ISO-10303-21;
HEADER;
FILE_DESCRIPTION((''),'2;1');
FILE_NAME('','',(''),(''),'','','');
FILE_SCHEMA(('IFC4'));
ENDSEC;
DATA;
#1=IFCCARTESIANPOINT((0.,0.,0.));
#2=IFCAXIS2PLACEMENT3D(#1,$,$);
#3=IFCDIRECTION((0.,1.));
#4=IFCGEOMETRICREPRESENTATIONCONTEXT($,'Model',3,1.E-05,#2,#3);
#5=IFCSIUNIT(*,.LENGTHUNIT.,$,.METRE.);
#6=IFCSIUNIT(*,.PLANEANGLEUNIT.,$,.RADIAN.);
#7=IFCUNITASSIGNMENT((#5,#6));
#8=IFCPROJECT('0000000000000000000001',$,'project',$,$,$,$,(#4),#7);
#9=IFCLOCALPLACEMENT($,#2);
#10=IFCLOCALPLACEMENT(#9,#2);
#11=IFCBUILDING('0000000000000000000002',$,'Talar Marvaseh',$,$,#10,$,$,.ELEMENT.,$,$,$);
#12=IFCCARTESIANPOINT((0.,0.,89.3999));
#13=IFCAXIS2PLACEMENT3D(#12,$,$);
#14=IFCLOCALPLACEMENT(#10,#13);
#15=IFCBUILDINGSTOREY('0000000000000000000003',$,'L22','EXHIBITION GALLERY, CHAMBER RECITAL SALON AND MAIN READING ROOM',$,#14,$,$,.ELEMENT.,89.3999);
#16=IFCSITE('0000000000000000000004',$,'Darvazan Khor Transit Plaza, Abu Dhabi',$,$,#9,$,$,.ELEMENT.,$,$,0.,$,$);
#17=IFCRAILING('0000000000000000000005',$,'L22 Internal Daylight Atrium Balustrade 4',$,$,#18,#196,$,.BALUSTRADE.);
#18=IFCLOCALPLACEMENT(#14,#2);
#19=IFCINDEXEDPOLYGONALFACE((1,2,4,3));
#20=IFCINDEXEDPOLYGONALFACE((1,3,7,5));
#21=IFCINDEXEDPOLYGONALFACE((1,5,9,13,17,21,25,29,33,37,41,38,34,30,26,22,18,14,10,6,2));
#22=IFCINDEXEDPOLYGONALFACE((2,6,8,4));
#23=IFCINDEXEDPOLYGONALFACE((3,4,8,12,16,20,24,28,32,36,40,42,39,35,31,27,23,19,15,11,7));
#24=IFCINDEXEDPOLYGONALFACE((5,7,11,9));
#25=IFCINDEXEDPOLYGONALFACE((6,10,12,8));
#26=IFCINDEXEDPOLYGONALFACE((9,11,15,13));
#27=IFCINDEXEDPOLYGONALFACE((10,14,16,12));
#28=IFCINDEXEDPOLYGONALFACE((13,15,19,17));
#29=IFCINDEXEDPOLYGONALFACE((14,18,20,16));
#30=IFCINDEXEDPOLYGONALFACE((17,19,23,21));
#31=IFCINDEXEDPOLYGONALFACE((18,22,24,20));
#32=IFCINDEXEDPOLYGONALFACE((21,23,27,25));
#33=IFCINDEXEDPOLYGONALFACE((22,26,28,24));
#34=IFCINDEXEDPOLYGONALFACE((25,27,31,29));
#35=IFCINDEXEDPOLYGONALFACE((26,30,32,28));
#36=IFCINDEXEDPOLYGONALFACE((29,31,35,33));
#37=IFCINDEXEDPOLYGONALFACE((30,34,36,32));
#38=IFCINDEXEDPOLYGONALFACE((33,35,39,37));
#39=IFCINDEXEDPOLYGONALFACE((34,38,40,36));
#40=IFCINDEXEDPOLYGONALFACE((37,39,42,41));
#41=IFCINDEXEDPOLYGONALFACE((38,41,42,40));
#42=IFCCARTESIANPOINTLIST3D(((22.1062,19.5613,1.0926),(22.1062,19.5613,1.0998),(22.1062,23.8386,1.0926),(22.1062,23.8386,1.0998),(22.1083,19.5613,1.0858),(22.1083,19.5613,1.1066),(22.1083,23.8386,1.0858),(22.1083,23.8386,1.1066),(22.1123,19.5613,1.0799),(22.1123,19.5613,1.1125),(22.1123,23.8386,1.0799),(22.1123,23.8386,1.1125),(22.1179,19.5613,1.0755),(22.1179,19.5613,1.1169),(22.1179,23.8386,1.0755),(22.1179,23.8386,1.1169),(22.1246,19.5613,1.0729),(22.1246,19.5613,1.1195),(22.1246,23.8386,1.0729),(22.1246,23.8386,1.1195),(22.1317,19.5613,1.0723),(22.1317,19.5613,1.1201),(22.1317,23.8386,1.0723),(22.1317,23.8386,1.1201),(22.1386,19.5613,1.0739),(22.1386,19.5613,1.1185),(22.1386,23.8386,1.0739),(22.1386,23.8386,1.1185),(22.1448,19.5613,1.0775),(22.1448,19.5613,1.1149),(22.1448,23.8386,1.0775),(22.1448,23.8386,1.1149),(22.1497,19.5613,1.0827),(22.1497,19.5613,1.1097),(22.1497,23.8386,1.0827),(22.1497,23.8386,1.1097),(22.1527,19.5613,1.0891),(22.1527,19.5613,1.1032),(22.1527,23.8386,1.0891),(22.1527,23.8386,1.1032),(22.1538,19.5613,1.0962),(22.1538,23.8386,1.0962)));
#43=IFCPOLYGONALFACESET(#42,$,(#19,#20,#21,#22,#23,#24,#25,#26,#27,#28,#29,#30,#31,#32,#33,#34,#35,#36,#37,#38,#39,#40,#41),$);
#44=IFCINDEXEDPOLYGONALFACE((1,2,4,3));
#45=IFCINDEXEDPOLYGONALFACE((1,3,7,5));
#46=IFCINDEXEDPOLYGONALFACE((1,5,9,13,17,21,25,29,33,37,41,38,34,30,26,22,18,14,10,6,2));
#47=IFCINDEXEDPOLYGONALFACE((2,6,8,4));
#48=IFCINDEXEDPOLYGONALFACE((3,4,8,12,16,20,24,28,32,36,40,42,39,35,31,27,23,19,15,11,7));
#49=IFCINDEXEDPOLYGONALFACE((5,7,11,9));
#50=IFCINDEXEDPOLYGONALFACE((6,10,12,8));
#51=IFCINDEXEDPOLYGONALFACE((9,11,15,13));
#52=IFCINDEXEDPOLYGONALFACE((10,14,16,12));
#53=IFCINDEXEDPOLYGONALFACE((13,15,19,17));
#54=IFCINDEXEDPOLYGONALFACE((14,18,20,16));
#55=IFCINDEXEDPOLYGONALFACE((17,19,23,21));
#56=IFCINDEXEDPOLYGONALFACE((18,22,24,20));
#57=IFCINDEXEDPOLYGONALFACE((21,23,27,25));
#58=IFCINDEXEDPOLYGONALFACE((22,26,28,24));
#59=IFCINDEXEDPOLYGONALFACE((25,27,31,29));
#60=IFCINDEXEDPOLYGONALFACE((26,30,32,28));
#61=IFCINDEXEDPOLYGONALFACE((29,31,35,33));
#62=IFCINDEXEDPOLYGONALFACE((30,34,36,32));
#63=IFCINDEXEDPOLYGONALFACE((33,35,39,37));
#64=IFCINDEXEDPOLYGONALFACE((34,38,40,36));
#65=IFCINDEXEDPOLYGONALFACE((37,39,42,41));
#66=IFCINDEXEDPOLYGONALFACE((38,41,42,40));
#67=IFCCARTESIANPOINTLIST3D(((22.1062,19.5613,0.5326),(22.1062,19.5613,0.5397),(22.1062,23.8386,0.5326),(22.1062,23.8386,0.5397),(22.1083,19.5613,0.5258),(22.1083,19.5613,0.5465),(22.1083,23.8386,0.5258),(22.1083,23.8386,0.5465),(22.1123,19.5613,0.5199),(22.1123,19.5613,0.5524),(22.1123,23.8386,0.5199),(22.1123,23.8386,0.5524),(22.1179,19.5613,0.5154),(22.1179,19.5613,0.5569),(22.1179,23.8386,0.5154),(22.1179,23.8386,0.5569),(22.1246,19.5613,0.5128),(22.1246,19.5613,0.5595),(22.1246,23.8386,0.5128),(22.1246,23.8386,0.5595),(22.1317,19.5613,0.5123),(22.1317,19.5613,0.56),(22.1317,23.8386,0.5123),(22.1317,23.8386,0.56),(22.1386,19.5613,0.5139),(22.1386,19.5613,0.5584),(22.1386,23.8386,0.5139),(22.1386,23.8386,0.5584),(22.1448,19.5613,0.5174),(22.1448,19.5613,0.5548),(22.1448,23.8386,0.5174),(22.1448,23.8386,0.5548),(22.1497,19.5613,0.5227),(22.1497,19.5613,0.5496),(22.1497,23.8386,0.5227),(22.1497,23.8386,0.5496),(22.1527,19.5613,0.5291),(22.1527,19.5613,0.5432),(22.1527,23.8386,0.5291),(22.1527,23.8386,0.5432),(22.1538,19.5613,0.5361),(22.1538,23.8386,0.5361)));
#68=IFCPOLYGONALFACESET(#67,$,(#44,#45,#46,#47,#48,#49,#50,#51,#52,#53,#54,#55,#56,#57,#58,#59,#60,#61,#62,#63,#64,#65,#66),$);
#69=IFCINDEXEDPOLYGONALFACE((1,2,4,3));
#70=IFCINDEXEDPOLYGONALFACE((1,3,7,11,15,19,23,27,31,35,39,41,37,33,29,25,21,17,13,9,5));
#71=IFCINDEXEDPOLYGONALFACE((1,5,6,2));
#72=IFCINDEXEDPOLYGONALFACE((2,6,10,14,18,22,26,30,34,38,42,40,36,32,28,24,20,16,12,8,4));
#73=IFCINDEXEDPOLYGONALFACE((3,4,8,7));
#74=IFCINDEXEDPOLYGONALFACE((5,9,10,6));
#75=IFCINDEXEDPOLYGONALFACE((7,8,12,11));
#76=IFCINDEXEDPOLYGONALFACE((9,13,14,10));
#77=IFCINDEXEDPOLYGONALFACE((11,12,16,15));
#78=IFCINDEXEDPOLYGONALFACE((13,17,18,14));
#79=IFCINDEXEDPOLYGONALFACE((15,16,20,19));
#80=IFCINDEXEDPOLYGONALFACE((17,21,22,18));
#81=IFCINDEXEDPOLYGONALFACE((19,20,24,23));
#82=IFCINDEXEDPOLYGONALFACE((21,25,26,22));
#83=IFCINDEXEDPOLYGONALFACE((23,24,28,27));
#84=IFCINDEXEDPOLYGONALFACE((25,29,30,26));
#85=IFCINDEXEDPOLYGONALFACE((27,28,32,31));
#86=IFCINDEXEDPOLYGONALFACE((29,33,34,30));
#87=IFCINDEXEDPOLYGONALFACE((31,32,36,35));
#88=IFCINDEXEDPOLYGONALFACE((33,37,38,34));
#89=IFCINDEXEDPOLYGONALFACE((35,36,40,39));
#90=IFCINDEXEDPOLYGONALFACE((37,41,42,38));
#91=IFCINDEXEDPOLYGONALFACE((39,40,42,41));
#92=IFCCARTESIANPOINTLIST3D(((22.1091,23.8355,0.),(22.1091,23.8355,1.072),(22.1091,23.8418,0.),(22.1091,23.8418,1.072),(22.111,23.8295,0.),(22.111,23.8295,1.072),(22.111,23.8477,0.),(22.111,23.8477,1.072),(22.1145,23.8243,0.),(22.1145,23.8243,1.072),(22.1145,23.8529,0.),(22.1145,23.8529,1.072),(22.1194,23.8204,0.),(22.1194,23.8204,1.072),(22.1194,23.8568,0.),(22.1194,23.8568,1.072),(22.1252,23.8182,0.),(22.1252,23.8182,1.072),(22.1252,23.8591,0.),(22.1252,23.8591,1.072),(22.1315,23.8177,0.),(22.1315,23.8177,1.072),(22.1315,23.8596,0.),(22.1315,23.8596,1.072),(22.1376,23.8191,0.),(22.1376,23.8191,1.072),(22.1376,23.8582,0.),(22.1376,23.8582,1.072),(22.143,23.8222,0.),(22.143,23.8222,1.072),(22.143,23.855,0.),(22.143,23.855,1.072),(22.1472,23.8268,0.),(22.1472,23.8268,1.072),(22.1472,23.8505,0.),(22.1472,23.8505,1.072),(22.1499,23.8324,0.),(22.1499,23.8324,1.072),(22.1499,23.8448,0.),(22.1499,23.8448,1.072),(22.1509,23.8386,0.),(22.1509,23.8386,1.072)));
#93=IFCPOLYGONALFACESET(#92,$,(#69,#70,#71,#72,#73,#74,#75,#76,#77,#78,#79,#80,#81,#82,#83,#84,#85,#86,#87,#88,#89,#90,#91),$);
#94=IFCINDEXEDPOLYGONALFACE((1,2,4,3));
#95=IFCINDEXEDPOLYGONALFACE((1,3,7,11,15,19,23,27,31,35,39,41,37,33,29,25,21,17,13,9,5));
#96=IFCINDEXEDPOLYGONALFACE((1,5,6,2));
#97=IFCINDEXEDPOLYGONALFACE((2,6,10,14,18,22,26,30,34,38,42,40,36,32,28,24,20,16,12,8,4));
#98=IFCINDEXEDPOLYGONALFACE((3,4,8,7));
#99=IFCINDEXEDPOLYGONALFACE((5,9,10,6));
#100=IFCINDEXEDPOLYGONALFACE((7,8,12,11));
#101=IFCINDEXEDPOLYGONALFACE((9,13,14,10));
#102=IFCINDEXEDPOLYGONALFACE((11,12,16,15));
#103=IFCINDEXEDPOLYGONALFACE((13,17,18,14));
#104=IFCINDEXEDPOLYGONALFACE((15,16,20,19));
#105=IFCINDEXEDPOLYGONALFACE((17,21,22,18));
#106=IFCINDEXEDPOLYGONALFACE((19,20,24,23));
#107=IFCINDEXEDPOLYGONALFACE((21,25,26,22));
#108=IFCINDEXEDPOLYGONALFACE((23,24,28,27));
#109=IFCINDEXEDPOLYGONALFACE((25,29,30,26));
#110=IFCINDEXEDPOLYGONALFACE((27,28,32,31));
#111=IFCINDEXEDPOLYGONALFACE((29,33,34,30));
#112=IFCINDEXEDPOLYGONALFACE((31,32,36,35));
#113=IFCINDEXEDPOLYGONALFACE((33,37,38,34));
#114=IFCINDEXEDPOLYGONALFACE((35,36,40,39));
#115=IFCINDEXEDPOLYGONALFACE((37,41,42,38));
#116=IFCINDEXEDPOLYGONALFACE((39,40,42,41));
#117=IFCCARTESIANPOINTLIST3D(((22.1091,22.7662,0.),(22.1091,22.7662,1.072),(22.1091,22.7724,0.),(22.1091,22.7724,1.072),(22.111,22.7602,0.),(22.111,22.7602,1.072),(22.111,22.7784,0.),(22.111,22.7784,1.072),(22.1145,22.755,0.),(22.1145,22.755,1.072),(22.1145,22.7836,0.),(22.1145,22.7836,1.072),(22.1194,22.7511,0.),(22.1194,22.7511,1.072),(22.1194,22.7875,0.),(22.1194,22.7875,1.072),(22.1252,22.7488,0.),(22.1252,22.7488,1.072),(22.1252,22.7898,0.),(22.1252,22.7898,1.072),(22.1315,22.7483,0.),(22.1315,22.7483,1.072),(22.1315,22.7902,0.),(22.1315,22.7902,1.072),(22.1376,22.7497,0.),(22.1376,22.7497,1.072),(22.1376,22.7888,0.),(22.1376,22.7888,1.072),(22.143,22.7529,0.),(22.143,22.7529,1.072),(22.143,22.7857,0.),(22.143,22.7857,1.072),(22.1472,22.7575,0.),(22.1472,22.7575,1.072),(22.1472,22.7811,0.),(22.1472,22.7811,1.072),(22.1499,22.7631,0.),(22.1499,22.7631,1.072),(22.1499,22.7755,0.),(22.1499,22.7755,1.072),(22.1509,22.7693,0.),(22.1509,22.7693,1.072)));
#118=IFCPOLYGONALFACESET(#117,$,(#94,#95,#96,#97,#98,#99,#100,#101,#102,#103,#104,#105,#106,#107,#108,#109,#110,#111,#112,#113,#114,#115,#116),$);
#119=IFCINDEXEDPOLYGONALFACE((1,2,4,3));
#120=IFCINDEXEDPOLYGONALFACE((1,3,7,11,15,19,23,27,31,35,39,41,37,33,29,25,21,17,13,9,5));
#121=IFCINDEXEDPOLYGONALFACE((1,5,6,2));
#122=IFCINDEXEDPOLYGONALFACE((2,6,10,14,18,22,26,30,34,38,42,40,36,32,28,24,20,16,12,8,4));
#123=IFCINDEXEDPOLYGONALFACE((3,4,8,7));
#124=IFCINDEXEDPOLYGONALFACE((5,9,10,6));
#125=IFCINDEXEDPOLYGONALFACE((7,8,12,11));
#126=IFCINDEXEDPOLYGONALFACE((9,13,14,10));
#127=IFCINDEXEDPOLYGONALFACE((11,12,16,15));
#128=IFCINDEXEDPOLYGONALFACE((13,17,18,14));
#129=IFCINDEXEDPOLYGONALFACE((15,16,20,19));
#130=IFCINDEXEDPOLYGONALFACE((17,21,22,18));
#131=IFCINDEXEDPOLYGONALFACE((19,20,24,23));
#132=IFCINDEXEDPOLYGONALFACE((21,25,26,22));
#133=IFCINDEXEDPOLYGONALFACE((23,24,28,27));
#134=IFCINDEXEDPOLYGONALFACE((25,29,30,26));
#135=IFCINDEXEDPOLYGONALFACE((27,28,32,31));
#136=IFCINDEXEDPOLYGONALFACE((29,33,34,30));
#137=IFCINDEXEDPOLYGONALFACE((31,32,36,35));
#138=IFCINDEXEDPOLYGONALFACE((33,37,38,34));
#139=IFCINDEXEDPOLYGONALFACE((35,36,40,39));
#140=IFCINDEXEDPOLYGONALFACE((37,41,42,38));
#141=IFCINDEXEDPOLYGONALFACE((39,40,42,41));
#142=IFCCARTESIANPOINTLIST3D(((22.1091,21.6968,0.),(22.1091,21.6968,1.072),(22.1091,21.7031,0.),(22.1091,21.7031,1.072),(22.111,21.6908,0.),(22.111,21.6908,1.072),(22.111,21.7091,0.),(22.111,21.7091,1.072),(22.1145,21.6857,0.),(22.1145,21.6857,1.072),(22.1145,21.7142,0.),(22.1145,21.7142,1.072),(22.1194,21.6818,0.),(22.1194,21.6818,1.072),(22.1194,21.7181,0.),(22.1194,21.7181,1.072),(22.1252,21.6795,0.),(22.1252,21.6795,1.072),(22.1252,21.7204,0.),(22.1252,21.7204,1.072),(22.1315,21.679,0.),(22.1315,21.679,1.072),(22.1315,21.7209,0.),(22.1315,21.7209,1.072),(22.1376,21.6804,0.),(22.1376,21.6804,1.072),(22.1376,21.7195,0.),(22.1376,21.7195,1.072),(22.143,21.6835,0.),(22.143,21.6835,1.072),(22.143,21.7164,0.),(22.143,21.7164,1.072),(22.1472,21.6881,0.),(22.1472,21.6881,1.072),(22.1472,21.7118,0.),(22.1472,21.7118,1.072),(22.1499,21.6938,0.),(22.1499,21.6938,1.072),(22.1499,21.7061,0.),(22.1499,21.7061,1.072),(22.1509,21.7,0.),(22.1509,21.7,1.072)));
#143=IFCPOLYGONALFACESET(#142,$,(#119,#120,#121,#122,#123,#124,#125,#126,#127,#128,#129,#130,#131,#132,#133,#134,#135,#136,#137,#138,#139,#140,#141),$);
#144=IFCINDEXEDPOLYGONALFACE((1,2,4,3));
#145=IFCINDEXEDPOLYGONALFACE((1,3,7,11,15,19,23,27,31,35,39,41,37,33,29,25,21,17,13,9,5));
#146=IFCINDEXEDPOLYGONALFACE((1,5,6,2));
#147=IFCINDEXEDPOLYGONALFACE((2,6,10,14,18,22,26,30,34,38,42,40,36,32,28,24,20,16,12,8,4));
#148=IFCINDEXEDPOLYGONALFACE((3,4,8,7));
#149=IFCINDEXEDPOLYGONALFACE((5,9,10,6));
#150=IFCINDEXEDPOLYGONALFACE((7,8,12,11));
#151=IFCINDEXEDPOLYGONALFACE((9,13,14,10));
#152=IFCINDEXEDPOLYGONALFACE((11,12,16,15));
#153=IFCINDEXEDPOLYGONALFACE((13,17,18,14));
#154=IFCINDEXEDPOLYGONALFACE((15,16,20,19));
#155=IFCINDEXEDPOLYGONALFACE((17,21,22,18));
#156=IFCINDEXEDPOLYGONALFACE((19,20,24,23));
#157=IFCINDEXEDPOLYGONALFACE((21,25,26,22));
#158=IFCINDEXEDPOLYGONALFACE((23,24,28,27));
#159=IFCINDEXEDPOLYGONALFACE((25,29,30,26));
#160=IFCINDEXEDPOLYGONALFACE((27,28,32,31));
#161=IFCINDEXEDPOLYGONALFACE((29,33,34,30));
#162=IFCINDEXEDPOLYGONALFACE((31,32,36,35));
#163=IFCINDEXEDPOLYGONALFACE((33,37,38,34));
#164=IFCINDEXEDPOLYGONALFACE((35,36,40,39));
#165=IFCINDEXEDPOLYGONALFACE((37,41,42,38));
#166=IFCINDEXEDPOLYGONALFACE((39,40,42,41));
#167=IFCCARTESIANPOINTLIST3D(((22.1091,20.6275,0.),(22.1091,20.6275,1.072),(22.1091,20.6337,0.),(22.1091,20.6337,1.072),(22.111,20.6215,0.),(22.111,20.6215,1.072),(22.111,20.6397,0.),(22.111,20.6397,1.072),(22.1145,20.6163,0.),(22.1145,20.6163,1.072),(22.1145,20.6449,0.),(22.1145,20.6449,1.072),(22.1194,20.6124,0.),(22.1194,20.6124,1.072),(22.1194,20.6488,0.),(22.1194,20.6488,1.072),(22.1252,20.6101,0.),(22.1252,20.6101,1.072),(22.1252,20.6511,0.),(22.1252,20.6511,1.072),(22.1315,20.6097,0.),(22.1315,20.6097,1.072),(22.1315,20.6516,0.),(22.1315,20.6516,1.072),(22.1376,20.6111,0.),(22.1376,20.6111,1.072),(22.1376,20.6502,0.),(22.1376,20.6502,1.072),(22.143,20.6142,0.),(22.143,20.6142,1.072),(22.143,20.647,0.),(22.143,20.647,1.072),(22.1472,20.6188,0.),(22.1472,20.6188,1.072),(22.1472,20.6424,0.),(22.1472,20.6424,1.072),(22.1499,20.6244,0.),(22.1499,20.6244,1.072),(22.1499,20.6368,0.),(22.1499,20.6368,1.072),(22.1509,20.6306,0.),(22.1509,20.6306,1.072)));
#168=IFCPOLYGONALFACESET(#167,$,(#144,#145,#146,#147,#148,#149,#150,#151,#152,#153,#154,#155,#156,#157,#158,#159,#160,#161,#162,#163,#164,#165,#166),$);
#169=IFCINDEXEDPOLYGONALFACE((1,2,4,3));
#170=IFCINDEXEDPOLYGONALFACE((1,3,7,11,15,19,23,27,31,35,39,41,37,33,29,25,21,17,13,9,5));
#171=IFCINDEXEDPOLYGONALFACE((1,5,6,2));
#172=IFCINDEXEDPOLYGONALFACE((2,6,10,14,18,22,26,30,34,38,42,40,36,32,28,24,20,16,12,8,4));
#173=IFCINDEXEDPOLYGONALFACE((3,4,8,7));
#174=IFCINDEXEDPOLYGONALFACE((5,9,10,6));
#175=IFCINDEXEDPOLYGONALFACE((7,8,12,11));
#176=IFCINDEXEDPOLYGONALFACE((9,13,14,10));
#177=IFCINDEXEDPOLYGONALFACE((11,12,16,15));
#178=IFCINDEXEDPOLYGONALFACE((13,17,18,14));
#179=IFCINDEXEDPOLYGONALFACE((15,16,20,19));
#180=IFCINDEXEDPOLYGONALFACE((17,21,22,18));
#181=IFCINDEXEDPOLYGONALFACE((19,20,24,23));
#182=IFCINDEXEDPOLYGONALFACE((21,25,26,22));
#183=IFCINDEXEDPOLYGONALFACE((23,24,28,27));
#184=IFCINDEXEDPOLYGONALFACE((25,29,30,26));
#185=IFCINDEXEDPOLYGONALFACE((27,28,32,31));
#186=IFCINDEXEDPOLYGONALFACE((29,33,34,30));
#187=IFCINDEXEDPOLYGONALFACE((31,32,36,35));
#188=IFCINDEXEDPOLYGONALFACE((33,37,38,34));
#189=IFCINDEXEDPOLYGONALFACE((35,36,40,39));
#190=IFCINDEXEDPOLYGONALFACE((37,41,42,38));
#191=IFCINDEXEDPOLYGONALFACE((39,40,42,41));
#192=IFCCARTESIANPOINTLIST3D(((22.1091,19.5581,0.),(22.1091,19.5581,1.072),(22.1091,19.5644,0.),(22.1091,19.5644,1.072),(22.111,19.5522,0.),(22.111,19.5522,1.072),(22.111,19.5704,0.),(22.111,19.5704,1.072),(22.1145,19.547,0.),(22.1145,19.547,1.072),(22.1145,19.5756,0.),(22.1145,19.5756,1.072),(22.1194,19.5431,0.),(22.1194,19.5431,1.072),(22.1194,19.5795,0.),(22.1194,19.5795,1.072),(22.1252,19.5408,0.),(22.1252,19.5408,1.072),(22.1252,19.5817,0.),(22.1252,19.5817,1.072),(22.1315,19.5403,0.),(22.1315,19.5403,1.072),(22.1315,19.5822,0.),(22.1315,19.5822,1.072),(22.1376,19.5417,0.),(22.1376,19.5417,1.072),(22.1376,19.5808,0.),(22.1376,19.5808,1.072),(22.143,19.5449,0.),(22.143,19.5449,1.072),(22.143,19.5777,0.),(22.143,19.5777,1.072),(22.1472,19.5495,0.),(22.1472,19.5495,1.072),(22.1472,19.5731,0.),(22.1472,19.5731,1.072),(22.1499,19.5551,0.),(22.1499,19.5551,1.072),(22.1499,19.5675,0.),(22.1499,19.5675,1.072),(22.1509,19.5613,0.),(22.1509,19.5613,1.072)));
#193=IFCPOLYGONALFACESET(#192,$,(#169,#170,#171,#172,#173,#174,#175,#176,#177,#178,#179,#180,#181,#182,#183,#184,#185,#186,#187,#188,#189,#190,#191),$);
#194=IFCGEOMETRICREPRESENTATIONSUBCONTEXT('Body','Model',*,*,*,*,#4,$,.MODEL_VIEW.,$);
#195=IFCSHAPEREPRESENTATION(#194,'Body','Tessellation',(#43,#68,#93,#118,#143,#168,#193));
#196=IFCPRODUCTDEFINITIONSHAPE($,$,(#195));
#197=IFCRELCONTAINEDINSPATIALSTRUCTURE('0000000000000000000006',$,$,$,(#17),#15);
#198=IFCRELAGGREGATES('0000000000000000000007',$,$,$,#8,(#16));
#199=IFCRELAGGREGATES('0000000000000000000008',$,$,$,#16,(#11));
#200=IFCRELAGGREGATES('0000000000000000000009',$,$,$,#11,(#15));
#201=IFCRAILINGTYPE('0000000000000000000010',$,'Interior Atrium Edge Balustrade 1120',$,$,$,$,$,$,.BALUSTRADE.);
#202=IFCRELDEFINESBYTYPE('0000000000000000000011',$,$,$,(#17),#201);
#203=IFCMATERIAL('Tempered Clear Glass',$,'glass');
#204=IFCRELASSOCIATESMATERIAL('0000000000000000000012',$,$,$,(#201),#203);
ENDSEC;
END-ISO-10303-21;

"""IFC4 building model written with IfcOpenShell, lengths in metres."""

from ifc_helpers import new_model, si_unit, direction, frame, origin, origin_2d, place, context, subcontext, project, spatial, circle, extrude, material, type_object, element, save


model = new_model("IFC4")

# Units and contexts
model_context = context("Model", 3, precision=1e-05, world=origin(), true_north=direction((0.0, 1.0)))
body_context = subcontext(model_context, "Body", "Model", "MODEL_VIEW")
ifc_project = project(units=[si_unit("LENGTHUNIT", "METRE"), si_unit("PLANEANGLEUNIT", "RADIAN")], contexts=[model_context])

# Site, building, storey
site_placement = place(None, origin())
site = spatial("IfcSite", under=ifc_project, at=site_placement, Name="Darvazan Khor Transit Plaza, Abu Dhabi", CompositionType="ELEMENT", RefElevation=0.0)
building_placement = place(site_placement, origin())
building = spatial("IfcBuilding", under=site, at=building_placement, Name="Talar Marvaseh", CompositionType="ELEMENT")
storey_placement = place(building_placement, frame((0.0, 0.0, 89.3999)))
storey = spatial("IfcBuildingStorey", under=building, at=storey_placement, Name="L22", Description="EXHIBITION GALLERY, CHAMBER RECITAL SALON AND MAIN READING ROOM", CompositionType="ELEMENT", Elevation=89.3999)

# Railing
ifc_material_1 = material(Name="Tempered Clear Glass", Category="glass")
railing_type_1 = type_object("IfcRailingType", Name="Interior Atrium Edge Balustrade 1120", PredefinedType="BALUSTRADE", material=ifc_material_1)
railing_1_placement = place(storey_placement, frame((22.1299, 23.8386, 0.0)))
element("IfcRailing", 1, at=railing_1_placement, inside=storey, type_object=railing_type_1, Name="L22 Internal Daylight Atrium Balustrade 4", PredefinedType="BALUSTRADE", context=body_context, shape_type="SweptSolid", body=[
    extrude(circle(Radius=0.0239, at=origin_2d()), frame((0.0, 0.0, 1.0962), z_axis=(0.0, -1.0, 0.0), x_axis=(1.0, 0.0, 0.0)), (0.0, 0.0, 1.0), 4.2773),
    extrude(circle(Radius=0.0239, at=origin_2d()), frame((0.0, 0.0, 0.5361), z_axis=(0.0, -1.0, 0.0), x_axis=(1.0, 0.0, 0.0)), (0.0, 0.0, 1.0), 4.2773),
    extrude(circle(Radius=0.021, at=origin_2d()), origin(), (0.0, 0.0, 1.0), 1.072),
    extrude(circle(Radius=0.021, at=origin_2d()), frame((0.0, -1.0693, 0.0)), (0.0, 0.0, 1.0), 1.072),
    extrude(circle(Radius=0.021, at=origin_2d()), frame((0.0, -2.1387, 0.0)), (0.0, 0.0, 1.0), 1.072),
    extrude(circle(Radius=0.021, at=origin_2d()), frame((0.0, -3.208, 0.0)), (0.0, 0.0, 1.0), 1.072),
    extrude(circle(Radius=0.021, at=origin_2d()), frame((0.0, -4.2773, 0.0)), (0.0, 0.0, 1.0), 1.072),
])

save(model, "model.ifc")
